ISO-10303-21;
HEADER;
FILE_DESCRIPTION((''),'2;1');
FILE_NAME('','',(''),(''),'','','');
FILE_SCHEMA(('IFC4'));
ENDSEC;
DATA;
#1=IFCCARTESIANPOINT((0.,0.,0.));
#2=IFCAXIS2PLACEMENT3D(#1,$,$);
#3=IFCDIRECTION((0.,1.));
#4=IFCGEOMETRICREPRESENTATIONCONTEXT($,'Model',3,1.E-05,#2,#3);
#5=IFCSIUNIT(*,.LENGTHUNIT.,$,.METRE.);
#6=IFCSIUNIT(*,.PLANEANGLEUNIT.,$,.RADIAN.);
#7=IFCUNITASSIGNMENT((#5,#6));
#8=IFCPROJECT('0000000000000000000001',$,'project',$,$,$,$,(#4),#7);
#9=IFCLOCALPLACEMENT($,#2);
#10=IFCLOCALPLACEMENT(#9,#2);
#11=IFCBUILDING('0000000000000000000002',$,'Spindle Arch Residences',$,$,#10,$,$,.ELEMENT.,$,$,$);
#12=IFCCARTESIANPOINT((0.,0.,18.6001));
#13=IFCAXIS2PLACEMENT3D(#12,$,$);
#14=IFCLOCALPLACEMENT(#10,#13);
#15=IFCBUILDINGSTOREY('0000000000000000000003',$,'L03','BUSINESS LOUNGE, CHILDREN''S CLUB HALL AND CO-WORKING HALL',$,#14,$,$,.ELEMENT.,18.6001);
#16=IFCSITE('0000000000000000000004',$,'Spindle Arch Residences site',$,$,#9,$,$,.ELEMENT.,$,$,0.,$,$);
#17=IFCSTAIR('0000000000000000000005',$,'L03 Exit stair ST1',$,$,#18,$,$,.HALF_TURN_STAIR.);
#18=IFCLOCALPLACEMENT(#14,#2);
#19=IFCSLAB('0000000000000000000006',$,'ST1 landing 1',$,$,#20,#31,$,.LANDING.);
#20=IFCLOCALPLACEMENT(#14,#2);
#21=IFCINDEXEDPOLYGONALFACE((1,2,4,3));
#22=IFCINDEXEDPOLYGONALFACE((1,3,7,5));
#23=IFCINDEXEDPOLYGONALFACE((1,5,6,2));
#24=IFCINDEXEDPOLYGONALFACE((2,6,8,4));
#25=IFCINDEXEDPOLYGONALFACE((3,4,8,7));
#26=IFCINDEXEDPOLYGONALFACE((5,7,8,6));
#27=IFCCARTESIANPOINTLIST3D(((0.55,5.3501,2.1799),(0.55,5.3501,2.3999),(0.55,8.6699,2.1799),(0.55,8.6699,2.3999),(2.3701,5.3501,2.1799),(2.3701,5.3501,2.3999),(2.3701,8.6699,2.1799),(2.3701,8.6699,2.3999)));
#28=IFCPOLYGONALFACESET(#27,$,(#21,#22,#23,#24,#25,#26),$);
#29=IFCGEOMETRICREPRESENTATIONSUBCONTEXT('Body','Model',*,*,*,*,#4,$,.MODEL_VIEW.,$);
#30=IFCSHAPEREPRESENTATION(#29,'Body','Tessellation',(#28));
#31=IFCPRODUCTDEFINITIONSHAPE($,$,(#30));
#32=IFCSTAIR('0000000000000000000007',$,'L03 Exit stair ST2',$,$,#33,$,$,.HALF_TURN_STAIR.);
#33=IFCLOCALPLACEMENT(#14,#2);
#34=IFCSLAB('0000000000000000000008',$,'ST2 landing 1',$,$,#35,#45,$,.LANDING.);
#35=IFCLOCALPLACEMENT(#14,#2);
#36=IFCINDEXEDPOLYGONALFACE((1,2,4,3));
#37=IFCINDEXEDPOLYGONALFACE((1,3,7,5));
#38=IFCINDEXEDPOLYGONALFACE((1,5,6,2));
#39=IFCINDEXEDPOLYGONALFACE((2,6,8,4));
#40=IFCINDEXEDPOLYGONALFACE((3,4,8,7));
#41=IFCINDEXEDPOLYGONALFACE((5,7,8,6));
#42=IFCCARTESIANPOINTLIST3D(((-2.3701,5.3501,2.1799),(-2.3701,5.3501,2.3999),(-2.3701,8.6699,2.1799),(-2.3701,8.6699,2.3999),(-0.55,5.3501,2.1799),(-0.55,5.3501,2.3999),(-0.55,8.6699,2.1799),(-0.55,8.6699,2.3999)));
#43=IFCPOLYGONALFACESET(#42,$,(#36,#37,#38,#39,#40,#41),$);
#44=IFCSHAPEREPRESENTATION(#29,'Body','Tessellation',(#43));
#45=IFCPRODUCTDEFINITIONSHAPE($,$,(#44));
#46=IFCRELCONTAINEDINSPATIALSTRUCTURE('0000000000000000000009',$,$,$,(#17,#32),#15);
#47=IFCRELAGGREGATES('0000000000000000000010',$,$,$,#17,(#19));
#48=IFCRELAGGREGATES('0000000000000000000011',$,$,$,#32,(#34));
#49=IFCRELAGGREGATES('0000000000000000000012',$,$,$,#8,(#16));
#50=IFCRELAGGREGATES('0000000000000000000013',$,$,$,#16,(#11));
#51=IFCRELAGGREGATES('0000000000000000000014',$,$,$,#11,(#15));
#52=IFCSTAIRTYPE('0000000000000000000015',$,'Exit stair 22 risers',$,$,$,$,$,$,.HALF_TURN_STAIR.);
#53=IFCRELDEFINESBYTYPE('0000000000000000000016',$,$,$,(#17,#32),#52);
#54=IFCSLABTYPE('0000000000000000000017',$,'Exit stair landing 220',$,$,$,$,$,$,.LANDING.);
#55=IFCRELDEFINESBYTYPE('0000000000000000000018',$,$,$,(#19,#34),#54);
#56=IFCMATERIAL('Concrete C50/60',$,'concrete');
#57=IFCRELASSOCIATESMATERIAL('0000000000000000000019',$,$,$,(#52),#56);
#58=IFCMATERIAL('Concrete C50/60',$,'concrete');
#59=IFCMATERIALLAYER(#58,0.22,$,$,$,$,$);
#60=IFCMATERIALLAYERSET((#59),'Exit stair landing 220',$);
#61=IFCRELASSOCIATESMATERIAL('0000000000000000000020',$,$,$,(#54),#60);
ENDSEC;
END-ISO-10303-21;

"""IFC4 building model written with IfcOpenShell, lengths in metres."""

from ifc_helpers import new_model, si_unit, direction, frame, origin, place, context, subcontext, project, spatial, polyline, outline, extrude, material, layer, layer_set, type_object, element, aggregate, save


model = new_model("IFC4")

# Units and contexts
model_context = context("Model", 3, precision=1e-05, world=origin(), true_north=direction((0.0, 1.0)))
body_context = subcontext(model_context, "Body", "Model", "MODEL_VIEW")
ifc_project = project(units=[si_unit("LENGTHUNIT", "METRE"), si_unit("PLANEANGLEUNIT", "RADIAN")], contexts=[model_context])

# Site, building, storey
site_placement = place(None, origin())
site = spatial("IfcSite", under=ifc_project, at=site_placement, Name="Spindle Arch Residences site", CompositionType="ELEMENT", RefElevation=0.0)
building_placement = place(site_placement, origin())
building = spatial("IfcBuilding", under=site, at=building_placement, Name="Spindle Arch Residences", CompositionType="ELEMENT")
storey_placement = place(building_placement, frame((0.0, 0.0, 18.6001)))
storey = spatial("IfcBuildingStorey", under=building, at=storey_placement, Name="L03", Description="BUSINESS LOUNGE, CHILDREN'S CLUB HALL AND CO-WORKING HALL", CompositionType="ELEMENT", Elevation=18.6001)

# Stairs, slabs
ifc_material_1 = material(Name="Concrete C50/60", Category="concrete")
stair_type = type_object("IfcStairType", Name="Exit stair 22 risers", PredefinedType="HALF_TURN_STAIR", material=ifc_material_1)
stair_1_placement = place(storey_placement, origin())
stair_1 = element("IfcStair", 1, at=stair_1_placement, inside=storey, type_object=stair_type, Name="L03 Exit stair ST1", PredefinedType="HALF_TURN_STAIR")
ifc_material_2 = material(Name="Concrete C50/60", Category="concrete")
ifc_layer_1 = layer(ifc_material_2, 0.22)
ifc_layer_set_1 = layer_set([ifc_layer_1], Name="Exit stair landing 220")
slab_type_1 = type_object("IfcSlabType", Name="Exit stair landing 220", PredefinedType="LANDING", material=ifc_layer_set_1)
slab_1_placement = place(storey_placement, frame((0.0, 0.0, 2.1799)))
slab_1 = element("IfcSlab", 2, at=slab_1_placement, type_object=slab_type_1, Name="ST1 landing 1", PredefinedType="LANDING", context=body_context, shape_type="SweptSolid", body=[
    extrude(outline(polyline([(2.3701, 8.6699), (0.55, 8.6699), (0.55, 5.3501), (2.3701, 5.3501), (2.3701, 8.6699)])), origin(), (0.0, 0.0, 1.0), 0.22),
])
aggregate(stair_1, [slab_1])
stair_2_placement = place(storey_placement, origin())
stair_2 = element("IfcStair", 3, at=stair_2_placement, inside=storey, type_object=stair_type, Name="L03 Exit stair ST2", PredefinedType="HALF_TURN_STAIR")
slab_2_placement = place(storey_placement, frame((0.0, 0.0, 2.1799)))
slab_2 = element("IfcSlab", 4, at=slab_2_placement, type_object=slab_type_1, Name="ST2 landing 1", PredefinedType="LANDING", context=body_context, shape_type="SweptSolid", body=[
    extrude(outline(polyline([(-2.3701, 5.3501), (-0.55, 5.3501), (-0.55, 8.6699), (-2.3701, 8.6699), (-2.3701, 5.3501)])), origin(), (0.0, 0.0, 1.0), 0.22),
])

aggregate(stair_2, [slab_2])

save(model, "model.ifc")
